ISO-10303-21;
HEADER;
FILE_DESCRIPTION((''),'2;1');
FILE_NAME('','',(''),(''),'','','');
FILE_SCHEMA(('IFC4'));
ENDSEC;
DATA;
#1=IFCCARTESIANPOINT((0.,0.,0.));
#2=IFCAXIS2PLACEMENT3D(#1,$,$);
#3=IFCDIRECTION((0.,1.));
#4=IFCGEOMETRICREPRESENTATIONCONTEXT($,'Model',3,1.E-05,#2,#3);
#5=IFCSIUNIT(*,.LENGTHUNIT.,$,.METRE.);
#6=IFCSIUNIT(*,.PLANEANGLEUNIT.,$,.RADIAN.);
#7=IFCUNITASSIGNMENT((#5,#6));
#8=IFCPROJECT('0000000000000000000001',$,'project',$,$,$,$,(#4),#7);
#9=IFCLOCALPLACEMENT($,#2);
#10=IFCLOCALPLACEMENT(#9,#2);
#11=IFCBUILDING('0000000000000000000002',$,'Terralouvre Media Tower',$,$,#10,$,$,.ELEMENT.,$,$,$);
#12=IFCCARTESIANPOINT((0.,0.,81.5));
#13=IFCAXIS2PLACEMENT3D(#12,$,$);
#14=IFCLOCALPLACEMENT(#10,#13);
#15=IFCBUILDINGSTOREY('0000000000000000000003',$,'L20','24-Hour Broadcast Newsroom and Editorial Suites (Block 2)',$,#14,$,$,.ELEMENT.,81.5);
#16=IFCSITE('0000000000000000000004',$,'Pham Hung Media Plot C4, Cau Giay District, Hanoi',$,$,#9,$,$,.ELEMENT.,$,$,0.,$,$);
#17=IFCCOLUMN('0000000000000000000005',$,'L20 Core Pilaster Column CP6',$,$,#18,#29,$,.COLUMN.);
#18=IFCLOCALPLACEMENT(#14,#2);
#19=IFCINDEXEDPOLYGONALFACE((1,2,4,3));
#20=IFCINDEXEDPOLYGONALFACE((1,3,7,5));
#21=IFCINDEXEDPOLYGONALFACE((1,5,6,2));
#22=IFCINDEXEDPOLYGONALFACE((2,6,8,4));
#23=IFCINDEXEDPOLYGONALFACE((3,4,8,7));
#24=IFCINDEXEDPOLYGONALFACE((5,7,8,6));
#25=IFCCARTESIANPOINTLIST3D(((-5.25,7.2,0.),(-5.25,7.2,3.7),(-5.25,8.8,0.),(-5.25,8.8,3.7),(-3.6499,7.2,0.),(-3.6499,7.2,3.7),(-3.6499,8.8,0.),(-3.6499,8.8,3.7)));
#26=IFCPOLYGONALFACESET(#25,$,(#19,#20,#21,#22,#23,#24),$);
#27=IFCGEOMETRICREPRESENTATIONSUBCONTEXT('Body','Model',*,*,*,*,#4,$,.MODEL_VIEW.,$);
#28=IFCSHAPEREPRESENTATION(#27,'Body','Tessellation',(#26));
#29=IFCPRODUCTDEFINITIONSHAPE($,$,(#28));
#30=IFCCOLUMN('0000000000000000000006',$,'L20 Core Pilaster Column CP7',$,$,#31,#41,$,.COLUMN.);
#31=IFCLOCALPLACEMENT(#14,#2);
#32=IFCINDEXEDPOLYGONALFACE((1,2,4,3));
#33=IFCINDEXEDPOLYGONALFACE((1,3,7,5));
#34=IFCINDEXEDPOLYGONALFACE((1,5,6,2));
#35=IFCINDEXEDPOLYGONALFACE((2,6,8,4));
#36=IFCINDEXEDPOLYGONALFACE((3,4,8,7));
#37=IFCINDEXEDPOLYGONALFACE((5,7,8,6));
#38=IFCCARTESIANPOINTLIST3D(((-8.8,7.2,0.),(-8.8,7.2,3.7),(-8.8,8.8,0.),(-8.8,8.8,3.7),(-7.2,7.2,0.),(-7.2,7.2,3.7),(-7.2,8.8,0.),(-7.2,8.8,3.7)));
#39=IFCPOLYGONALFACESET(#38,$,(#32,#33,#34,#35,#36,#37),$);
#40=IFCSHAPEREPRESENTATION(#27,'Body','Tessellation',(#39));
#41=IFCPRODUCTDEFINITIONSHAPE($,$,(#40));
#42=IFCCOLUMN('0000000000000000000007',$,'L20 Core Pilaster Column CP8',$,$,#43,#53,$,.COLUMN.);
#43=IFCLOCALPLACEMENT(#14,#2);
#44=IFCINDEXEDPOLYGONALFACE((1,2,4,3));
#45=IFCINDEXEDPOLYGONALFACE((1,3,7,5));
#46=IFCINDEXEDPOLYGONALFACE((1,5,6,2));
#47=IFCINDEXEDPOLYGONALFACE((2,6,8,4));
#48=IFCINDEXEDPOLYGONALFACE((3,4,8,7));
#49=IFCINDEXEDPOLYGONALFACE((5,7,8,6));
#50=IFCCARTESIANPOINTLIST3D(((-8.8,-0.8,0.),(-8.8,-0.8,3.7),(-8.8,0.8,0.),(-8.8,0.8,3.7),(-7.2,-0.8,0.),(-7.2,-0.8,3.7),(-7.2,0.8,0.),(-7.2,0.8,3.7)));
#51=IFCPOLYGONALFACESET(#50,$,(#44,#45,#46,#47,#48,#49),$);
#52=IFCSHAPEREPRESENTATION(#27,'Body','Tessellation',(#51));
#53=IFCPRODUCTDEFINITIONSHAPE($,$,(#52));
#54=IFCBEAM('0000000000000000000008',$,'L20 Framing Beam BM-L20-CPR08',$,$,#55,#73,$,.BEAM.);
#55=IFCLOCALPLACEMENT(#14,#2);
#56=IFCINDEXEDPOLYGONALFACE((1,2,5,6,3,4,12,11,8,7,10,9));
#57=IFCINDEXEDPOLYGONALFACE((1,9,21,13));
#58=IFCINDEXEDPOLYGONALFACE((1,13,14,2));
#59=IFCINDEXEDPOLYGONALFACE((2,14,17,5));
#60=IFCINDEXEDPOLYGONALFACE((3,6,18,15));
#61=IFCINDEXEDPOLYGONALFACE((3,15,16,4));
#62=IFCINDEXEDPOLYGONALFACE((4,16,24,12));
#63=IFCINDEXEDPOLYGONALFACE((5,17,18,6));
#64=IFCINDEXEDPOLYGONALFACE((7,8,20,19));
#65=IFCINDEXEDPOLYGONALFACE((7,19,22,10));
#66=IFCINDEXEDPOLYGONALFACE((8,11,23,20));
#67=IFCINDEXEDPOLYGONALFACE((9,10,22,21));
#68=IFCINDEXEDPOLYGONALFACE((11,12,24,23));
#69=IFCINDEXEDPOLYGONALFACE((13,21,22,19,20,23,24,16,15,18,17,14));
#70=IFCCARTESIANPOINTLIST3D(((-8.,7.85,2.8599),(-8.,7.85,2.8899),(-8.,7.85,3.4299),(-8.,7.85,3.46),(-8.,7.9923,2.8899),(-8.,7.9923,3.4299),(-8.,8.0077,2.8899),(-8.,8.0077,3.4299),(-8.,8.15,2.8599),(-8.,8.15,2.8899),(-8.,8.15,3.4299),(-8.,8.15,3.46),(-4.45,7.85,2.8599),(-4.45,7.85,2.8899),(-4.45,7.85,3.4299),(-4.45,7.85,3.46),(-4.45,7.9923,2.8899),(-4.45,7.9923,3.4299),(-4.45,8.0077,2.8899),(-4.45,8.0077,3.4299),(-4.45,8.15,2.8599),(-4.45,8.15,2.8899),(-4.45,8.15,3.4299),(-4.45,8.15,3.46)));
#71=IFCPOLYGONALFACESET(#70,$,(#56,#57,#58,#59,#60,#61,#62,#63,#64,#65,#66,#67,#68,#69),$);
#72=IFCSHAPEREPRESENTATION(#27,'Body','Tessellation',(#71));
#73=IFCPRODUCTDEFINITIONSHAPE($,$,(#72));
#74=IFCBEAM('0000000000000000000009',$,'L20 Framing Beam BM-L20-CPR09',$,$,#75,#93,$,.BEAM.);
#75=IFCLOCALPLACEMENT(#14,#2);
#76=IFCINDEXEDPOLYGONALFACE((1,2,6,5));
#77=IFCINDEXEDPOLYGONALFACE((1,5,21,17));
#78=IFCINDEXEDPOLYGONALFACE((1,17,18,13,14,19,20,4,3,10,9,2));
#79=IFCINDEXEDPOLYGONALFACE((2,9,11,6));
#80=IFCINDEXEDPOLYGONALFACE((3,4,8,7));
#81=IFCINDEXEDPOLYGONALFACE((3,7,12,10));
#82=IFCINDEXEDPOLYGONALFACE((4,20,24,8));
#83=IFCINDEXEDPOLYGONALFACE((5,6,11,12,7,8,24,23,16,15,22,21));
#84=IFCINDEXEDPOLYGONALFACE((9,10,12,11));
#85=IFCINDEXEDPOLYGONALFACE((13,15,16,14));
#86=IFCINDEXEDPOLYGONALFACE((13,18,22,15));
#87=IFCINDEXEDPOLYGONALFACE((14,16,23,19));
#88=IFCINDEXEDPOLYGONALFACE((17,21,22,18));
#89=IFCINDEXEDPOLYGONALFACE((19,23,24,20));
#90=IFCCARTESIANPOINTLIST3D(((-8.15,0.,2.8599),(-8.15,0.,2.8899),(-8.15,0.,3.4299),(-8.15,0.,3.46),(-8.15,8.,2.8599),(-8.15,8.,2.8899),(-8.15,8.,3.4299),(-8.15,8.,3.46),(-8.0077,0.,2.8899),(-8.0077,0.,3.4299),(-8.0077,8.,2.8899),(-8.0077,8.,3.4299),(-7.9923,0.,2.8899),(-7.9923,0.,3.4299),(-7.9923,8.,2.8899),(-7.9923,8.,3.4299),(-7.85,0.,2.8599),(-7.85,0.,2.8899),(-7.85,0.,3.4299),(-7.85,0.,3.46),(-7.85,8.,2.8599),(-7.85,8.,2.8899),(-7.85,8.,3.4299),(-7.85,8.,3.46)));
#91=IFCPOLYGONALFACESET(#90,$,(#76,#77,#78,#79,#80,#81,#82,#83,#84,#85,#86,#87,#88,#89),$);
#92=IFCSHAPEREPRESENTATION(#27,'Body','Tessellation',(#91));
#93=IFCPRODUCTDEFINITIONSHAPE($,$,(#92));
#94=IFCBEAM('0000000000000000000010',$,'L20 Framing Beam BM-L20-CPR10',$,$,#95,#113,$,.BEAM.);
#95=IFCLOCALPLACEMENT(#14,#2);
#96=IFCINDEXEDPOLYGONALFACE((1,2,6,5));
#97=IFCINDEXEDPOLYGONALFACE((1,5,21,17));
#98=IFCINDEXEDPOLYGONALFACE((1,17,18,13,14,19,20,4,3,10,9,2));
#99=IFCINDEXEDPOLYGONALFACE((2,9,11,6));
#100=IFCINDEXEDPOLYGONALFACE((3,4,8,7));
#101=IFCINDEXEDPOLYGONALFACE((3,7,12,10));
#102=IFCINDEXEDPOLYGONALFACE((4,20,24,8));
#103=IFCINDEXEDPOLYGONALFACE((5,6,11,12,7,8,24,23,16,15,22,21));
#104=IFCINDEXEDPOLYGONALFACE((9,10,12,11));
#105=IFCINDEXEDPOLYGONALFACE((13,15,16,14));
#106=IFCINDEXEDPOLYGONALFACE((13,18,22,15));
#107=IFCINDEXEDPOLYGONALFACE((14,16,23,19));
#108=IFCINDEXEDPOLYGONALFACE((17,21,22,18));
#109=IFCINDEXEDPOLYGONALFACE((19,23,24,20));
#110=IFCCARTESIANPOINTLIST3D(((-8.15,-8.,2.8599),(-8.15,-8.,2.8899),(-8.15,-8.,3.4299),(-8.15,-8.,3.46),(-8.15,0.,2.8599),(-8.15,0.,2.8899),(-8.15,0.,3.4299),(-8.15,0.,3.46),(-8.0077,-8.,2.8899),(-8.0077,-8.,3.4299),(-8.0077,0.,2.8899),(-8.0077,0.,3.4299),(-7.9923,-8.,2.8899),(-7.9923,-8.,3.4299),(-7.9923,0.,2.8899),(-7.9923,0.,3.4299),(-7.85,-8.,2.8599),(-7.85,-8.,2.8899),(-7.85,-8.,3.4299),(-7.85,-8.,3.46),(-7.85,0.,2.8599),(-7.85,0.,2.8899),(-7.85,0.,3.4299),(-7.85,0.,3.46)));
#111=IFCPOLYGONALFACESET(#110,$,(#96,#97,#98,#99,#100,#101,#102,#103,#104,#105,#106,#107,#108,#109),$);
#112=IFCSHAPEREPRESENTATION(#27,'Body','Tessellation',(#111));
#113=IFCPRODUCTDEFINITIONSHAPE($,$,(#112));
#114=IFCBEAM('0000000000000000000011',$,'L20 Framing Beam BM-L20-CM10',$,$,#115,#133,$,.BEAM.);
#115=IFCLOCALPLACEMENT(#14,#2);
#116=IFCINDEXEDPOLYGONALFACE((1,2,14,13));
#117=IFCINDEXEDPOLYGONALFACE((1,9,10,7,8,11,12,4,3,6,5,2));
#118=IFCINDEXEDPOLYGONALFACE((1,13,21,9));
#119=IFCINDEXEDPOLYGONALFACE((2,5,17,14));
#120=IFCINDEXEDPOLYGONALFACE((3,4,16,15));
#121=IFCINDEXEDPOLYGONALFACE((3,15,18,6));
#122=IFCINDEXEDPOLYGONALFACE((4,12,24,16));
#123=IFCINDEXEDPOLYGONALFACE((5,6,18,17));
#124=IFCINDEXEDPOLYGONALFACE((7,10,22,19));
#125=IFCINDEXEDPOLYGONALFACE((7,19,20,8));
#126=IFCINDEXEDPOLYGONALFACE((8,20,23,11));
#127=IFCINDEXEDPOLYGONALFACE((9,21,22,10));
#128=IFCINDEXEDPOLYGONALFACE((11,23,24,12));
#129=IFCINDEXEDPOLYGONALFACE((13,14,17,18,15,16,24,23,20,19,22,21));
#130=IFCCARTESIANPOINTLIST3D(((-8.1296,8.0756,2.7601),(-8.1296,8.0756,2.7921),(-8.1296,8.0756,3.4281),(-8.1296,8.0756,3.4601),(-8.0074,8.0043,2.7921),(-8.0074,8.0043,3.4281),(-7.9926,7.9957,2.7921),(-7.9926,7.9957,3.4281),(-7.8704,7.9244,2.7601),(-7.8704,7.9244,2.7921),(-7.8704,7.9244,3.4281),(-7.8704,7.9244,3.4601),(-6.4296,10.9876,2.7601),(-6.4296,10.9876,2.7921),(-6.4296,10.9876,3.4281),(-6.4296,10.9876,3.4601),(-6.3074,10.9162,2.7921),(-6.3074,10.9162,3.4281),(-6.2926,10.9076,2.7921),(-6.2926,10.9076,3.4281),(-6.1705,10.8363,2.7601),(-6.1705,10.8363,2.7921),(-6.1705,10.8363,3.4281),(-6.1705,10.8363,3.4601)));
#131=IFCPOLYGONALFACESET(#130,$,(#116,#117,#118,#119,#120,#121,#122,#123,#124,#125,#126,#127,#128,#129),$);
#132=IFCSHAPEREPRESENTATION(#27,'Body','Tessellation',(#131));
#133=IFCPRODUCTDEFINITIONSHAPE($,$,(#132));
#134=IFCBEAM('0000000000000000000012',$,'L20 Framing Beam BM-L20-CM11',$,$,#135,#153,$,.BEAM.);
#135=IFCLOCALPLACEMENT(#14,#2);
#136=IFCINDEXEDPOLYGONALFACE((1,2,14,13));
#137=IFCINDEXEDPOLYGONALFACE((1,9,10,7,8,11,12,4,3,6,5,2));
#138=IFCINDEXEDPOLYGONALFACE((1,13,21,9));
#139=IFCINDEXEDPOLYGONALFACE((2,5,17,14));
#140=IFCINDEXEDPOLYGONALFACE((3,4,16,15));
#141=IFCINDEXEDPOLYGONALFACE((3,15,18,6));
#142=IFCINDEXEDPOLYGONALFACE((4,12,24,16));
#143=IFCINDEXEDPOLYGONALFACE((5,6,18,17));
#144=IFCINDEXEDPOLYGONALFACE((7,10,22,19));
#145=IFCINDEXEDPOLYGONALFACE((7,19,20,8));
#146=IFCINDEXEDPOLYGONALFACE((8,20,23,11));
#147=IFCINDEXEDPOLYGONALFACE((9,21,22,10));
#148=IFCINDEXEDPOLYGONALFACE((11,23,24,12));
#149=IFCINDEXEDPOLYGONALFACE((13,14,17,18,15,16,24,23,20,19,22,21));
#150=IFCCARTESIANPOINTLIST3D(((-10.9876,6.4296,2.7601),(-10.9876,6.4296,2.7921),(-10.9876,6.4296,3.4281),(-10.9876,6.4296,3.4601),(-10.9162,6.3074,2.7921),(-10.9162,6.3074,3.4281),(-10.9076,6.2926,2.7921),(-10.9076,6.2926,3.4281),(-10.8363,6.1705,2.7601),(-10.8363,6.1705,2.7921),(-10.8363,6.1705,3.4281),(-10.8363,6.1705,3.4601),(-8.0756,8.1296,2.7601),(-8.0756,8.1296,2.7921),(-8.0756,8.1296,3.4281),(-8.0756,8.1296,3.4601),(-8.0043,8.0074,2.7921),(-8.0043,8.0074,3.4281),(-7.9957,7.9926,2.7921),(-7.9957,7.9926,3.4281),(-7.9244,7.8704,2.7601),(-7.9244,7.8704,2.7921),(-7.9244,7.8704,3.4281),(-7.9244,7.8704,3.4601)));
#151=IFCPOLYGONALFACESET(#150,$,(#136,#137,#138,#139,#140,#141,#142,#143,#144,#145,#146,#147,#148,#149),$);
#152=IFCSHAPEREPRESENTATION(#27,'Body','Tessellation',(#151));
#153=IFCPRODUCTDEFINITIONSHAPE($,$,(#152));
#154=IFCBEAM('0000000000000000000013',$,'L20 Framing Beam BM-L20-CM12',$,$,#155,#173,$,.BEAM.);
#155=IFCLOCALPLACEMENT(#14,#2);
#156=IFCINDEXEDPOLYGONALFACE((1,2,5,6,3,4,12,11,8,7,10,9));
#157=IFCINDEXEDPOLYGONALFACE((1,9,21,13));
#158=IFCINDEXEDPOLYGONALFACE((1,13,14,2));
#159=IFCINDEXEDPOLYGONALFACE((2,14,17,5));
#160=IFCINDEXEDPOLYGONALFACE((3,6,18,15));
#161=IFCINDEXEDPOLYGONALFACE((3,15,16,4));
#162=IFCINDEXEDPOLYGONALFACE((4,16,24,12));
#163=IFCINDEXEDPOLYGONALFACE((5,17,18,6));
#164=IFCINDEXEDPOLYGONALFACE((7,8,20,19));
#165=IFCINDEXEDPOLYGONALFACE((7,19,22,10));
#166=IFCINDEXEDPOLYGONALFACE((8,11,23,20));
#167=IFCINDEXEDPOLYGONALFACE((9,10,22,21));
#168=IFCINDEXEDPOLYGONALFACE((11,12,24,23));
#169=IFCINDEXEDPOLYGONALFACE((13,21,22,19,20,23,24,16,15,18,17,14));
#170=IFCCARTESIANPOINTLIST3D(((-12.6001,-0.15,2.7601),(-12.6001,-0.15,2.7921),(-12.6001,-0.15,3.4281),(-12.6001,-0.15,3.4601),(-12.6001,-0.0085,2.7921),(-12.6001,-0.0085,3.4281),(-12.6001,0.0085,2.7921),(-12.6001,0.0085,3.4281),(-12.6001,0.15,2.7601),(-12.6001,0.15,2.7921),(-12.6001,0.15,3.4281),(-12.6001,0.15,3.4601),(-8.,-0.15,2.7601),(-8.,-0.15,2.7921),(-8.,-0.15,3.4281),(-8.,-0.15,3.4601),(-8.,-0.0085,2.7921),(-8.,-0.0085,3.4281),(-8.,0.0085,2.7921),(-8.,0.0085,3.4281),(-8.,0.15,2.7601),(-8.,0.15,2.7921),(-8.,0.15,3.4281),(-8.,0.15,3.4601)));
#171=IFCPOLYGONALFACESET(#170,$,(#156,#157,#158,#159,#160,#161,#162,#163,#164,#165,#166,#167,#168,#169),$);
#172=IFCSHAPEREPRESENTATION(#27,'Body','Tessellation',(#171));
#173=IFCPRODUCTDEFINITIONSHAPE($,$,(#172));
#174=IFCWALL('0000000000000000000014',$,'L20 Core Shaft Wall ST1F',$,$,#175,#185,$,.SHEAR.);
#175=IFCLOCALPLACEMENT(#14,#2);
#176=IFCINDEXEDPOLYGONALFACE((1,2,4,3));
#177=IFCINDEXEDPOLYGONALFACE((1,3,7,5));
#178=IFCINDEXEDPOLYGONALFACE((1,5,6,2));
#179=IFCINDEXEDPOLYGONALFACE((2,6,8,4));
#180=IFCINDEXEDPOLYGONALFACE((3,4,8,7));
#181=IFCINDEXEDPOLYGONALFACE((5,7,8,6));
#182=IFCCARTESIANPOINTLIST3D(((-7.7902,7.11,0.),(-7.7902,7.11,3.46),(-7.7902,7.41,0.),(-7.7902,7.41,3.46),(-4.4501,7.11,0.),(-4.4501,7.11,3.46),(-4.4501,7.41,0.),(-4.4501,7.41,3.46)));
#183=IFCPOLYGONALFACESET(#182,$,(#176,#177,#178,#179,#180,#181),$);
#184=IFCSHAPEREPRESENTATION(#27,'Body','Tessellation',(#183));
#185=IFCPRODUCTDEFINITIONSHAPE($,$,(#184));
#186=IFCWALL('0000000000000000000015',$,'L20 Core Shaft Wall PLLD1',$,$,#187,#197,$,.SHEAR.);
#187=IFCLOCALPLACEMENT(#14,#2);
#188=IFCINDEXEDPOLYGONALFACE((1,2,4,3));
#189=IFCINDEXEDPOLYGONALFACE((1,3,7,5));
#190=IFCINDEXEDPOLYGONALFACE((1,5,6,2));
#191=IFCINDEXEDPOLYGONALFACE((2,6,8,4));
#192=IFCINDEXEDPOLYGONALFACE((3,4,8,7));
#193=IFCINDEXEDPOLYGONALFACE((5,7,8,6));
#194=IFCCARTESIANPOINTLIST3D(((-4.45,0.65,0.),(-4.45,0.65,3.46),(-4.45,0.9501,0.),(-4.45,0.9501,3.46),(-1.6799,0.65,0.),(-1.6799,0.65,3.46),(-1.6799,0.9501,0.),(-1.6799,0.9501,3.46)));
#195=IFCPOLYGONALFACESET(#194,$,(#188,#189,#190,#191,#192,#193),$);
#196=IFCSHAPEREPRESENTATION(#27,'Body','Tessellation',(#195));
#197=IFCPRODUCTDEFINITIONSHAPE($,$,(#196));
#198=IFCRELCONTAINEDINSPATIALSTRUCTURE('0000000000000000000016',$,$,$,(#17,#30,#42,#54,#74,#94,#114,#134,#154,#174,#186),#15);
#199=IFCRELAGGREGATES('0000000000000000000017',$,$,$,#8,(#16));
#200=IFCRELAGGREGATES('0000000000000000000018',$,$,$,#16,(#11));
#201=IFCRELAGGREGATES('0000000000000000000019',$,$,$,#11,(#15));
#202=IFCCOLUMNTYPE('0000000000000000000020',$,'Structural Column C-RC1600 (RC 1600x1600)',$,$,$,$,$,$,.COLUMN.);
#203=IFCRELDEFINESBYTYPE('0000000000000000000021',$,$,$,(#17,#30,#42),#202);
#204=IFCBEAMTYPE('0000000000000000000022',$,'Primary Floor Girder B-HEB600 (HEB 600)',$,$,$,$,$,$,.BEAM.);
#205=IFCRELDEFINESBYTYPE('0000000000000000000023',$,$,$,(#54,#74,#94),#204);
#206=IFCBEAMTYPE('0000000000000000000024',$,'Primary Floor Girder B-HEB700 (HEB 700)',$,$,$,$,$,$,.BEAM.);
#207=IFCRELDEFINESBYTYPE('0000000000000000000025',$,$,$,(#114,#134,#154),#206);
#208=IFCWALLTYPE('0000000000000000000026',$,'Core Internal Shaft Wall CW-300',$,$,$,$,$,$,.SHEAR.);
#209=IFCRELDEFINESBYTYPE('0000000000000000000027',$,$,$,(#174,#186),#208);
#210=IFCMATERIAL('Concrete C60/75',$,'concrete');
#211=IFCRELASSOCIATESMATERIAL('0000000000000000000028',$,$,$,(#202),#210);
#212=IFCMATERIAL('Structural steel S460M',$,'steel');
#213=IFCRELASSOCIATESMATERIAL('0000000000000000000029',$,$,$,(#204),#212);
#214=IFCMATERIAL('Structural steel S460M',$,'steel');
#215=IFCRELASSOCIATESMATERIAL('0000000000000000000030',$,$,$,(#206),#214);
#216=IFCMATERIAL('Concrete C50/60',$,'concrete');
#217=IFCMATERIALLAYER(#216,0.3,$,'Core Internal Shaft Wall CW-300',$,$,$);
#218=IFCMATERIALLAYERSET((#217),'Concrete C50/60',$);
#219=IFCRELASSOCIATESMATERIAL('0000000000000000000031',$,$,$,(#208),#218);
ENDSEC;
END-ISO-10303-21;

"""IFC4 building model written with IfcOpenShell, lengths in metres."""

from ifc_helpers import new_model, si_unit, direction, frame, frame_2d, origin, origin_2d, place, context, subcontext, project, spatial, rectangle, i_section, extrude, material, layer, layer_set, material_profile, profile_set, type_object, element, save


model = new_model("IFC4")

# Units and contexts
model_context = context("Model", 3, precision=1e-05, world=origin(), true_north=direction((0.0, 1.0)))
body_context = subcontext(model_context, "Body", "Model", "MODEL_VIEW")
ifc_project = project(units=[si_unit("LENGTHUNIT", "METRE"), si_unit("PLANEANGLEUNIT", "RADIAN")], contexts=[model_context])

# Site, building, storey
site_placement = place(None, origin())
site = spatial("IfcSite", under=ifc_project, at=site_placement, Name="Pham Hung Media Plot C4, Cau Giay District, Hanoi", CompositionType="ELEMENT", RefElevation=0.0)
building_placement = place(site_placement, origin())
building = spatial("IfcBuilding", under=site, at=building_placement, Name="Terralouvre Media Tower", CompositionType="ELEMENT")
storey_placement = place(building_placement, frame((0.0, 0.0, 81.5)))
storey = spatial("IfcBuildingStorey", under=building, at=storey_placement, Name="L20", Description="24-Hour Broadcast Newsroom and Editorial Suites (Block 2)", CompositionType="ELEMENT", Elevation=81.5)

# Columns
ifc_material_1 = material(Name="Concrete C60/75", Category="concrete")
ifc_material_profile_1 = material_profile(ifc_material_1, rectangle(XDim=1.6001, YDim=1.6001, at=origin_2d()), Name="RC 1600x1600")
ifc_profile_set_1 = profile_set([ifc_material_profile_1], Name="Concrete C60/75")
column_type = type_object("IfcColumnType", Name="Structural Column C-RC1600 (RC 1600x1600)", PredefinedType="COLUMN", material=ifc_profile_set_1)
for number, where, z_axis, x_axis, name in (
    (1, (-4.45, 8.0, 0.0), (0.0, 0.0, 1.0), (1.0, 0.0, 0.0), "L20 Core Pilaster Column CP6"),
    (2, (-8.0, 8.0, 0.0), (0.0, 0.0, 1.0), (1.0, 0.0, 0.0), "L20 Core Pilaster Column CP7"),
    (3, (-8.0, 0.0, 0.0), (0.0, 0.0, 1.0), (1.0, 0.0, 0.0), "L20 Core Pilaster Column CP8"),
):
    element("IfcColumn", number, at=place(storey_placement, frame(where, z_axis=z_axis, x_axis=x_axis)), inside=storey, type_object=column_type, Name=name, PredefinedType="COLUMN", context=body_context, shape_type="SweptSolid", body=[
        extrude(rectangle(XDim=1.6001, YDim=1.6001, at=origin_2d()), origin(), (0.0, 0.0, 1.0), 3.7),
    ])

# Beams
ifc_material_2 = material(Name="Structural steel S460M", Category="steel")
ifc_material_profile_2 = material_profile(ifc_material_2, i_section(OverallWidth=0.3, OverallDepth=0.6001, WebThickness=0.0154, FlangeThickness=0.03, at=origin_2d()), Name="HEB 600")
ifc_profile_set_2 = profile_set([ifc_material_profile_2], Name="Structural steel S460M")
beam_type_1 = type_object("IfcBeamType", Name="Primary Floor Girder B-HEB600 (HEB 600)", PredefinedType="BEAM", material=ifc_profile_set_2)
beam_1_placement = place(storey_placement, frame((-4.45, 8.0, 3.1599), z_axis=(-1.0, 0.0, 0.0), x_axis=(0.0, -1.0, 0.0)))
element("IfcBeam", 4, at=beam_1_placement, inside=storey, type_object=beam_type_1, Name="L20 Framing Beam BM-L20-CPR08", PredefinedType="BEAM", context=body_context, shape_type="SweptSolid", body=[
    extrude(i_section(OverallWidth=0.3, OverallDepth=0.6001, WebThickness=0.0154, FlangeThickness=0.03, at=origin_2d()), origin(), (0.0, 0.0, 1.0), 3.55),
])
for number, where, z_axis, x_axis, name in (
    (5, (-8.0, 8.0, 3.1599), (0.0, -1.0, 0.0), (1.0, 0.0, 0.0), "L20 Framing Beam BM-L20-CPR09"),
    (6, (-8.0, 0.0, 3.1599), (0.0, -1.0, 0.0), (1.0, 0.0, 0.0), "L20 Framing Beam BM-L20-CPR10"),
):
    element("IfcBeam", number, at=place(storey_placement, frame(where, z_axis=z_axis, x_axis=x_axis)), inside=storey, type_object=beam_type_1, Name=name, PredefinedType="BEAM", context=body_context, shape_type="SweptSolid", body=[
        extrude(i_section(OverallWidth=0.3, OverallDepth=0.6001, WebThickness=0.0154, FlangeThickness=0.03, at=origin_2d()), origin(), (0.0, 0.0, 1.0), 8.0),
    ])
ifc_material_3 = material(Name="Structural steel S460M", Category="steel")
ifc_material_profile_3 = material_profile(ifc_material_3, i_section(OverallWidth=0.3, OverallDepth=0.7, WebThickness=0.0171, FlangeThickness=0.032, at=origin_2d()), Name="HEB 700")
ifc_profile_set_3 = profile_set([ifc_material_profile_3], Name="Structural steel S460M")
beam_type_2 = type_object("IfcBeamType", Name="Primary Floor Girder B-HEB700 (HEB 700)", PredefinedType="BEAM", material=ifc_profile_set_3)
for number, where, z_axis, x_axis, name in (
    (7, (-8.0, 8.0, 3.1101), (0.504173, 0.863603, 0.0), (-0.863603, 0.504173, 0.0), "L20 Framing Beam BM-L20-CM10"),
    (8, (-8.0, 8.0, 3.1101), (-0.863603, -0.504173, 0.0), (0.504173, -0.863603, 0.0), "L20 Framing Beam BM-L20-CM11"),
):
    element("IfcBeam", number, at=place(storey_placement, frame(where, z_axis=z_axis, x_axis=x_axis)), inside=storey, type_object=beam_type_2, Name=name, PredefinedType="BEAM", context=body_context, shape_type="SweptSolid", body=[
        extrude(i_section(OverallWidth=0.3, OverallDepth=0.7, WebThickness=0.0171, FlangeThickness=0.032, at=origin_2d()), origin(), (0.0, 0.0, 1.0), 3.3718),
    ])
beam_2_placement = place(storey_placement, frame((-8.0, 0.0, 3.1101), z_axis=(-1.0, 0.0, 0.0), x_axis=(0.0, -1.0, 0.0)))
element("IfcBeam", 9, at=beam_2_placement, inside=storey, type_object=beam_type_2, Name="L20 Framing Beam BM-L20-CM12", PredefinedType="BEAM", context=body_context, shape_type="SweptSolid", body=[
    extrude(i_section(OverallWidth=0.3, OverallDepth=0.7, WebThickness=0.0171, FlangeThickness=0.032, at=origin_2d()), origin(), (0.0, 0.0, 1.0), 4.6001),
])

# Shared definitions
ifc_material_4 = material(Name="Concrete C50/60", Category="concrete")
ifc_layer_1 = layer(ifc_material_4, 0.3, Name="Core Internal Shaft Wall CW-300")
ifc_layer_set_1 = layer_set([ifc_layer_1], Name="Concrete C50/60")
wall_type_1 = type_object("IfcWallType", Name="Core Internal Shaft Wall CW-300", PredefinedType="SHEAR", material=ifc_layer_set_1)

# Walls
wall_1_placement = place(storey_placement, frame((-7.79, 7.26, 0.0), z_axis=(0.0, 0.0, 1.0), x_axis=(1.0, 0.0, 0.0)))
element("IfcWall", 10, at=wall_1_placement, inside=storey, type_object=wall_type_1, Name="L20 Core Shaft Wall ST1F", PredefinedType="SHEAR", context=body_context, shape_type="SweptSolid", body=[
    extrude(rectangle(XDim=3.3401, YDim=0.3, at=frame_2d((1.6699, 0.0))), origin(), (0.0, 0.0, 1.0), 3.46),
])
for number, where, z_axis, x_axis, name in (
    (11, (-4.45, 0.8, 0.0), (0.0, 0.0, 1.0), (1.0, 0.0, 0.0), "L20 Core Shaft Wall PLLD1"),
):
    element("IfcWall", number, at=place(storey_placement, frame(where, z_axis=z_axis, x_axis=x_axis)), inside=storey, type_object=wall_type_1, Name=name, PredefinedType="SHEAR", context=body_context, shape_type="SweptSolid", body=[
        extrude(rectangle(XDim=2.77, YDim=0.3, at=frame_2d((1.385, 0.0))), origin(), (0.0, 0.0, 1.0), 3.46),
    ])

save(model, "model.ifc")
